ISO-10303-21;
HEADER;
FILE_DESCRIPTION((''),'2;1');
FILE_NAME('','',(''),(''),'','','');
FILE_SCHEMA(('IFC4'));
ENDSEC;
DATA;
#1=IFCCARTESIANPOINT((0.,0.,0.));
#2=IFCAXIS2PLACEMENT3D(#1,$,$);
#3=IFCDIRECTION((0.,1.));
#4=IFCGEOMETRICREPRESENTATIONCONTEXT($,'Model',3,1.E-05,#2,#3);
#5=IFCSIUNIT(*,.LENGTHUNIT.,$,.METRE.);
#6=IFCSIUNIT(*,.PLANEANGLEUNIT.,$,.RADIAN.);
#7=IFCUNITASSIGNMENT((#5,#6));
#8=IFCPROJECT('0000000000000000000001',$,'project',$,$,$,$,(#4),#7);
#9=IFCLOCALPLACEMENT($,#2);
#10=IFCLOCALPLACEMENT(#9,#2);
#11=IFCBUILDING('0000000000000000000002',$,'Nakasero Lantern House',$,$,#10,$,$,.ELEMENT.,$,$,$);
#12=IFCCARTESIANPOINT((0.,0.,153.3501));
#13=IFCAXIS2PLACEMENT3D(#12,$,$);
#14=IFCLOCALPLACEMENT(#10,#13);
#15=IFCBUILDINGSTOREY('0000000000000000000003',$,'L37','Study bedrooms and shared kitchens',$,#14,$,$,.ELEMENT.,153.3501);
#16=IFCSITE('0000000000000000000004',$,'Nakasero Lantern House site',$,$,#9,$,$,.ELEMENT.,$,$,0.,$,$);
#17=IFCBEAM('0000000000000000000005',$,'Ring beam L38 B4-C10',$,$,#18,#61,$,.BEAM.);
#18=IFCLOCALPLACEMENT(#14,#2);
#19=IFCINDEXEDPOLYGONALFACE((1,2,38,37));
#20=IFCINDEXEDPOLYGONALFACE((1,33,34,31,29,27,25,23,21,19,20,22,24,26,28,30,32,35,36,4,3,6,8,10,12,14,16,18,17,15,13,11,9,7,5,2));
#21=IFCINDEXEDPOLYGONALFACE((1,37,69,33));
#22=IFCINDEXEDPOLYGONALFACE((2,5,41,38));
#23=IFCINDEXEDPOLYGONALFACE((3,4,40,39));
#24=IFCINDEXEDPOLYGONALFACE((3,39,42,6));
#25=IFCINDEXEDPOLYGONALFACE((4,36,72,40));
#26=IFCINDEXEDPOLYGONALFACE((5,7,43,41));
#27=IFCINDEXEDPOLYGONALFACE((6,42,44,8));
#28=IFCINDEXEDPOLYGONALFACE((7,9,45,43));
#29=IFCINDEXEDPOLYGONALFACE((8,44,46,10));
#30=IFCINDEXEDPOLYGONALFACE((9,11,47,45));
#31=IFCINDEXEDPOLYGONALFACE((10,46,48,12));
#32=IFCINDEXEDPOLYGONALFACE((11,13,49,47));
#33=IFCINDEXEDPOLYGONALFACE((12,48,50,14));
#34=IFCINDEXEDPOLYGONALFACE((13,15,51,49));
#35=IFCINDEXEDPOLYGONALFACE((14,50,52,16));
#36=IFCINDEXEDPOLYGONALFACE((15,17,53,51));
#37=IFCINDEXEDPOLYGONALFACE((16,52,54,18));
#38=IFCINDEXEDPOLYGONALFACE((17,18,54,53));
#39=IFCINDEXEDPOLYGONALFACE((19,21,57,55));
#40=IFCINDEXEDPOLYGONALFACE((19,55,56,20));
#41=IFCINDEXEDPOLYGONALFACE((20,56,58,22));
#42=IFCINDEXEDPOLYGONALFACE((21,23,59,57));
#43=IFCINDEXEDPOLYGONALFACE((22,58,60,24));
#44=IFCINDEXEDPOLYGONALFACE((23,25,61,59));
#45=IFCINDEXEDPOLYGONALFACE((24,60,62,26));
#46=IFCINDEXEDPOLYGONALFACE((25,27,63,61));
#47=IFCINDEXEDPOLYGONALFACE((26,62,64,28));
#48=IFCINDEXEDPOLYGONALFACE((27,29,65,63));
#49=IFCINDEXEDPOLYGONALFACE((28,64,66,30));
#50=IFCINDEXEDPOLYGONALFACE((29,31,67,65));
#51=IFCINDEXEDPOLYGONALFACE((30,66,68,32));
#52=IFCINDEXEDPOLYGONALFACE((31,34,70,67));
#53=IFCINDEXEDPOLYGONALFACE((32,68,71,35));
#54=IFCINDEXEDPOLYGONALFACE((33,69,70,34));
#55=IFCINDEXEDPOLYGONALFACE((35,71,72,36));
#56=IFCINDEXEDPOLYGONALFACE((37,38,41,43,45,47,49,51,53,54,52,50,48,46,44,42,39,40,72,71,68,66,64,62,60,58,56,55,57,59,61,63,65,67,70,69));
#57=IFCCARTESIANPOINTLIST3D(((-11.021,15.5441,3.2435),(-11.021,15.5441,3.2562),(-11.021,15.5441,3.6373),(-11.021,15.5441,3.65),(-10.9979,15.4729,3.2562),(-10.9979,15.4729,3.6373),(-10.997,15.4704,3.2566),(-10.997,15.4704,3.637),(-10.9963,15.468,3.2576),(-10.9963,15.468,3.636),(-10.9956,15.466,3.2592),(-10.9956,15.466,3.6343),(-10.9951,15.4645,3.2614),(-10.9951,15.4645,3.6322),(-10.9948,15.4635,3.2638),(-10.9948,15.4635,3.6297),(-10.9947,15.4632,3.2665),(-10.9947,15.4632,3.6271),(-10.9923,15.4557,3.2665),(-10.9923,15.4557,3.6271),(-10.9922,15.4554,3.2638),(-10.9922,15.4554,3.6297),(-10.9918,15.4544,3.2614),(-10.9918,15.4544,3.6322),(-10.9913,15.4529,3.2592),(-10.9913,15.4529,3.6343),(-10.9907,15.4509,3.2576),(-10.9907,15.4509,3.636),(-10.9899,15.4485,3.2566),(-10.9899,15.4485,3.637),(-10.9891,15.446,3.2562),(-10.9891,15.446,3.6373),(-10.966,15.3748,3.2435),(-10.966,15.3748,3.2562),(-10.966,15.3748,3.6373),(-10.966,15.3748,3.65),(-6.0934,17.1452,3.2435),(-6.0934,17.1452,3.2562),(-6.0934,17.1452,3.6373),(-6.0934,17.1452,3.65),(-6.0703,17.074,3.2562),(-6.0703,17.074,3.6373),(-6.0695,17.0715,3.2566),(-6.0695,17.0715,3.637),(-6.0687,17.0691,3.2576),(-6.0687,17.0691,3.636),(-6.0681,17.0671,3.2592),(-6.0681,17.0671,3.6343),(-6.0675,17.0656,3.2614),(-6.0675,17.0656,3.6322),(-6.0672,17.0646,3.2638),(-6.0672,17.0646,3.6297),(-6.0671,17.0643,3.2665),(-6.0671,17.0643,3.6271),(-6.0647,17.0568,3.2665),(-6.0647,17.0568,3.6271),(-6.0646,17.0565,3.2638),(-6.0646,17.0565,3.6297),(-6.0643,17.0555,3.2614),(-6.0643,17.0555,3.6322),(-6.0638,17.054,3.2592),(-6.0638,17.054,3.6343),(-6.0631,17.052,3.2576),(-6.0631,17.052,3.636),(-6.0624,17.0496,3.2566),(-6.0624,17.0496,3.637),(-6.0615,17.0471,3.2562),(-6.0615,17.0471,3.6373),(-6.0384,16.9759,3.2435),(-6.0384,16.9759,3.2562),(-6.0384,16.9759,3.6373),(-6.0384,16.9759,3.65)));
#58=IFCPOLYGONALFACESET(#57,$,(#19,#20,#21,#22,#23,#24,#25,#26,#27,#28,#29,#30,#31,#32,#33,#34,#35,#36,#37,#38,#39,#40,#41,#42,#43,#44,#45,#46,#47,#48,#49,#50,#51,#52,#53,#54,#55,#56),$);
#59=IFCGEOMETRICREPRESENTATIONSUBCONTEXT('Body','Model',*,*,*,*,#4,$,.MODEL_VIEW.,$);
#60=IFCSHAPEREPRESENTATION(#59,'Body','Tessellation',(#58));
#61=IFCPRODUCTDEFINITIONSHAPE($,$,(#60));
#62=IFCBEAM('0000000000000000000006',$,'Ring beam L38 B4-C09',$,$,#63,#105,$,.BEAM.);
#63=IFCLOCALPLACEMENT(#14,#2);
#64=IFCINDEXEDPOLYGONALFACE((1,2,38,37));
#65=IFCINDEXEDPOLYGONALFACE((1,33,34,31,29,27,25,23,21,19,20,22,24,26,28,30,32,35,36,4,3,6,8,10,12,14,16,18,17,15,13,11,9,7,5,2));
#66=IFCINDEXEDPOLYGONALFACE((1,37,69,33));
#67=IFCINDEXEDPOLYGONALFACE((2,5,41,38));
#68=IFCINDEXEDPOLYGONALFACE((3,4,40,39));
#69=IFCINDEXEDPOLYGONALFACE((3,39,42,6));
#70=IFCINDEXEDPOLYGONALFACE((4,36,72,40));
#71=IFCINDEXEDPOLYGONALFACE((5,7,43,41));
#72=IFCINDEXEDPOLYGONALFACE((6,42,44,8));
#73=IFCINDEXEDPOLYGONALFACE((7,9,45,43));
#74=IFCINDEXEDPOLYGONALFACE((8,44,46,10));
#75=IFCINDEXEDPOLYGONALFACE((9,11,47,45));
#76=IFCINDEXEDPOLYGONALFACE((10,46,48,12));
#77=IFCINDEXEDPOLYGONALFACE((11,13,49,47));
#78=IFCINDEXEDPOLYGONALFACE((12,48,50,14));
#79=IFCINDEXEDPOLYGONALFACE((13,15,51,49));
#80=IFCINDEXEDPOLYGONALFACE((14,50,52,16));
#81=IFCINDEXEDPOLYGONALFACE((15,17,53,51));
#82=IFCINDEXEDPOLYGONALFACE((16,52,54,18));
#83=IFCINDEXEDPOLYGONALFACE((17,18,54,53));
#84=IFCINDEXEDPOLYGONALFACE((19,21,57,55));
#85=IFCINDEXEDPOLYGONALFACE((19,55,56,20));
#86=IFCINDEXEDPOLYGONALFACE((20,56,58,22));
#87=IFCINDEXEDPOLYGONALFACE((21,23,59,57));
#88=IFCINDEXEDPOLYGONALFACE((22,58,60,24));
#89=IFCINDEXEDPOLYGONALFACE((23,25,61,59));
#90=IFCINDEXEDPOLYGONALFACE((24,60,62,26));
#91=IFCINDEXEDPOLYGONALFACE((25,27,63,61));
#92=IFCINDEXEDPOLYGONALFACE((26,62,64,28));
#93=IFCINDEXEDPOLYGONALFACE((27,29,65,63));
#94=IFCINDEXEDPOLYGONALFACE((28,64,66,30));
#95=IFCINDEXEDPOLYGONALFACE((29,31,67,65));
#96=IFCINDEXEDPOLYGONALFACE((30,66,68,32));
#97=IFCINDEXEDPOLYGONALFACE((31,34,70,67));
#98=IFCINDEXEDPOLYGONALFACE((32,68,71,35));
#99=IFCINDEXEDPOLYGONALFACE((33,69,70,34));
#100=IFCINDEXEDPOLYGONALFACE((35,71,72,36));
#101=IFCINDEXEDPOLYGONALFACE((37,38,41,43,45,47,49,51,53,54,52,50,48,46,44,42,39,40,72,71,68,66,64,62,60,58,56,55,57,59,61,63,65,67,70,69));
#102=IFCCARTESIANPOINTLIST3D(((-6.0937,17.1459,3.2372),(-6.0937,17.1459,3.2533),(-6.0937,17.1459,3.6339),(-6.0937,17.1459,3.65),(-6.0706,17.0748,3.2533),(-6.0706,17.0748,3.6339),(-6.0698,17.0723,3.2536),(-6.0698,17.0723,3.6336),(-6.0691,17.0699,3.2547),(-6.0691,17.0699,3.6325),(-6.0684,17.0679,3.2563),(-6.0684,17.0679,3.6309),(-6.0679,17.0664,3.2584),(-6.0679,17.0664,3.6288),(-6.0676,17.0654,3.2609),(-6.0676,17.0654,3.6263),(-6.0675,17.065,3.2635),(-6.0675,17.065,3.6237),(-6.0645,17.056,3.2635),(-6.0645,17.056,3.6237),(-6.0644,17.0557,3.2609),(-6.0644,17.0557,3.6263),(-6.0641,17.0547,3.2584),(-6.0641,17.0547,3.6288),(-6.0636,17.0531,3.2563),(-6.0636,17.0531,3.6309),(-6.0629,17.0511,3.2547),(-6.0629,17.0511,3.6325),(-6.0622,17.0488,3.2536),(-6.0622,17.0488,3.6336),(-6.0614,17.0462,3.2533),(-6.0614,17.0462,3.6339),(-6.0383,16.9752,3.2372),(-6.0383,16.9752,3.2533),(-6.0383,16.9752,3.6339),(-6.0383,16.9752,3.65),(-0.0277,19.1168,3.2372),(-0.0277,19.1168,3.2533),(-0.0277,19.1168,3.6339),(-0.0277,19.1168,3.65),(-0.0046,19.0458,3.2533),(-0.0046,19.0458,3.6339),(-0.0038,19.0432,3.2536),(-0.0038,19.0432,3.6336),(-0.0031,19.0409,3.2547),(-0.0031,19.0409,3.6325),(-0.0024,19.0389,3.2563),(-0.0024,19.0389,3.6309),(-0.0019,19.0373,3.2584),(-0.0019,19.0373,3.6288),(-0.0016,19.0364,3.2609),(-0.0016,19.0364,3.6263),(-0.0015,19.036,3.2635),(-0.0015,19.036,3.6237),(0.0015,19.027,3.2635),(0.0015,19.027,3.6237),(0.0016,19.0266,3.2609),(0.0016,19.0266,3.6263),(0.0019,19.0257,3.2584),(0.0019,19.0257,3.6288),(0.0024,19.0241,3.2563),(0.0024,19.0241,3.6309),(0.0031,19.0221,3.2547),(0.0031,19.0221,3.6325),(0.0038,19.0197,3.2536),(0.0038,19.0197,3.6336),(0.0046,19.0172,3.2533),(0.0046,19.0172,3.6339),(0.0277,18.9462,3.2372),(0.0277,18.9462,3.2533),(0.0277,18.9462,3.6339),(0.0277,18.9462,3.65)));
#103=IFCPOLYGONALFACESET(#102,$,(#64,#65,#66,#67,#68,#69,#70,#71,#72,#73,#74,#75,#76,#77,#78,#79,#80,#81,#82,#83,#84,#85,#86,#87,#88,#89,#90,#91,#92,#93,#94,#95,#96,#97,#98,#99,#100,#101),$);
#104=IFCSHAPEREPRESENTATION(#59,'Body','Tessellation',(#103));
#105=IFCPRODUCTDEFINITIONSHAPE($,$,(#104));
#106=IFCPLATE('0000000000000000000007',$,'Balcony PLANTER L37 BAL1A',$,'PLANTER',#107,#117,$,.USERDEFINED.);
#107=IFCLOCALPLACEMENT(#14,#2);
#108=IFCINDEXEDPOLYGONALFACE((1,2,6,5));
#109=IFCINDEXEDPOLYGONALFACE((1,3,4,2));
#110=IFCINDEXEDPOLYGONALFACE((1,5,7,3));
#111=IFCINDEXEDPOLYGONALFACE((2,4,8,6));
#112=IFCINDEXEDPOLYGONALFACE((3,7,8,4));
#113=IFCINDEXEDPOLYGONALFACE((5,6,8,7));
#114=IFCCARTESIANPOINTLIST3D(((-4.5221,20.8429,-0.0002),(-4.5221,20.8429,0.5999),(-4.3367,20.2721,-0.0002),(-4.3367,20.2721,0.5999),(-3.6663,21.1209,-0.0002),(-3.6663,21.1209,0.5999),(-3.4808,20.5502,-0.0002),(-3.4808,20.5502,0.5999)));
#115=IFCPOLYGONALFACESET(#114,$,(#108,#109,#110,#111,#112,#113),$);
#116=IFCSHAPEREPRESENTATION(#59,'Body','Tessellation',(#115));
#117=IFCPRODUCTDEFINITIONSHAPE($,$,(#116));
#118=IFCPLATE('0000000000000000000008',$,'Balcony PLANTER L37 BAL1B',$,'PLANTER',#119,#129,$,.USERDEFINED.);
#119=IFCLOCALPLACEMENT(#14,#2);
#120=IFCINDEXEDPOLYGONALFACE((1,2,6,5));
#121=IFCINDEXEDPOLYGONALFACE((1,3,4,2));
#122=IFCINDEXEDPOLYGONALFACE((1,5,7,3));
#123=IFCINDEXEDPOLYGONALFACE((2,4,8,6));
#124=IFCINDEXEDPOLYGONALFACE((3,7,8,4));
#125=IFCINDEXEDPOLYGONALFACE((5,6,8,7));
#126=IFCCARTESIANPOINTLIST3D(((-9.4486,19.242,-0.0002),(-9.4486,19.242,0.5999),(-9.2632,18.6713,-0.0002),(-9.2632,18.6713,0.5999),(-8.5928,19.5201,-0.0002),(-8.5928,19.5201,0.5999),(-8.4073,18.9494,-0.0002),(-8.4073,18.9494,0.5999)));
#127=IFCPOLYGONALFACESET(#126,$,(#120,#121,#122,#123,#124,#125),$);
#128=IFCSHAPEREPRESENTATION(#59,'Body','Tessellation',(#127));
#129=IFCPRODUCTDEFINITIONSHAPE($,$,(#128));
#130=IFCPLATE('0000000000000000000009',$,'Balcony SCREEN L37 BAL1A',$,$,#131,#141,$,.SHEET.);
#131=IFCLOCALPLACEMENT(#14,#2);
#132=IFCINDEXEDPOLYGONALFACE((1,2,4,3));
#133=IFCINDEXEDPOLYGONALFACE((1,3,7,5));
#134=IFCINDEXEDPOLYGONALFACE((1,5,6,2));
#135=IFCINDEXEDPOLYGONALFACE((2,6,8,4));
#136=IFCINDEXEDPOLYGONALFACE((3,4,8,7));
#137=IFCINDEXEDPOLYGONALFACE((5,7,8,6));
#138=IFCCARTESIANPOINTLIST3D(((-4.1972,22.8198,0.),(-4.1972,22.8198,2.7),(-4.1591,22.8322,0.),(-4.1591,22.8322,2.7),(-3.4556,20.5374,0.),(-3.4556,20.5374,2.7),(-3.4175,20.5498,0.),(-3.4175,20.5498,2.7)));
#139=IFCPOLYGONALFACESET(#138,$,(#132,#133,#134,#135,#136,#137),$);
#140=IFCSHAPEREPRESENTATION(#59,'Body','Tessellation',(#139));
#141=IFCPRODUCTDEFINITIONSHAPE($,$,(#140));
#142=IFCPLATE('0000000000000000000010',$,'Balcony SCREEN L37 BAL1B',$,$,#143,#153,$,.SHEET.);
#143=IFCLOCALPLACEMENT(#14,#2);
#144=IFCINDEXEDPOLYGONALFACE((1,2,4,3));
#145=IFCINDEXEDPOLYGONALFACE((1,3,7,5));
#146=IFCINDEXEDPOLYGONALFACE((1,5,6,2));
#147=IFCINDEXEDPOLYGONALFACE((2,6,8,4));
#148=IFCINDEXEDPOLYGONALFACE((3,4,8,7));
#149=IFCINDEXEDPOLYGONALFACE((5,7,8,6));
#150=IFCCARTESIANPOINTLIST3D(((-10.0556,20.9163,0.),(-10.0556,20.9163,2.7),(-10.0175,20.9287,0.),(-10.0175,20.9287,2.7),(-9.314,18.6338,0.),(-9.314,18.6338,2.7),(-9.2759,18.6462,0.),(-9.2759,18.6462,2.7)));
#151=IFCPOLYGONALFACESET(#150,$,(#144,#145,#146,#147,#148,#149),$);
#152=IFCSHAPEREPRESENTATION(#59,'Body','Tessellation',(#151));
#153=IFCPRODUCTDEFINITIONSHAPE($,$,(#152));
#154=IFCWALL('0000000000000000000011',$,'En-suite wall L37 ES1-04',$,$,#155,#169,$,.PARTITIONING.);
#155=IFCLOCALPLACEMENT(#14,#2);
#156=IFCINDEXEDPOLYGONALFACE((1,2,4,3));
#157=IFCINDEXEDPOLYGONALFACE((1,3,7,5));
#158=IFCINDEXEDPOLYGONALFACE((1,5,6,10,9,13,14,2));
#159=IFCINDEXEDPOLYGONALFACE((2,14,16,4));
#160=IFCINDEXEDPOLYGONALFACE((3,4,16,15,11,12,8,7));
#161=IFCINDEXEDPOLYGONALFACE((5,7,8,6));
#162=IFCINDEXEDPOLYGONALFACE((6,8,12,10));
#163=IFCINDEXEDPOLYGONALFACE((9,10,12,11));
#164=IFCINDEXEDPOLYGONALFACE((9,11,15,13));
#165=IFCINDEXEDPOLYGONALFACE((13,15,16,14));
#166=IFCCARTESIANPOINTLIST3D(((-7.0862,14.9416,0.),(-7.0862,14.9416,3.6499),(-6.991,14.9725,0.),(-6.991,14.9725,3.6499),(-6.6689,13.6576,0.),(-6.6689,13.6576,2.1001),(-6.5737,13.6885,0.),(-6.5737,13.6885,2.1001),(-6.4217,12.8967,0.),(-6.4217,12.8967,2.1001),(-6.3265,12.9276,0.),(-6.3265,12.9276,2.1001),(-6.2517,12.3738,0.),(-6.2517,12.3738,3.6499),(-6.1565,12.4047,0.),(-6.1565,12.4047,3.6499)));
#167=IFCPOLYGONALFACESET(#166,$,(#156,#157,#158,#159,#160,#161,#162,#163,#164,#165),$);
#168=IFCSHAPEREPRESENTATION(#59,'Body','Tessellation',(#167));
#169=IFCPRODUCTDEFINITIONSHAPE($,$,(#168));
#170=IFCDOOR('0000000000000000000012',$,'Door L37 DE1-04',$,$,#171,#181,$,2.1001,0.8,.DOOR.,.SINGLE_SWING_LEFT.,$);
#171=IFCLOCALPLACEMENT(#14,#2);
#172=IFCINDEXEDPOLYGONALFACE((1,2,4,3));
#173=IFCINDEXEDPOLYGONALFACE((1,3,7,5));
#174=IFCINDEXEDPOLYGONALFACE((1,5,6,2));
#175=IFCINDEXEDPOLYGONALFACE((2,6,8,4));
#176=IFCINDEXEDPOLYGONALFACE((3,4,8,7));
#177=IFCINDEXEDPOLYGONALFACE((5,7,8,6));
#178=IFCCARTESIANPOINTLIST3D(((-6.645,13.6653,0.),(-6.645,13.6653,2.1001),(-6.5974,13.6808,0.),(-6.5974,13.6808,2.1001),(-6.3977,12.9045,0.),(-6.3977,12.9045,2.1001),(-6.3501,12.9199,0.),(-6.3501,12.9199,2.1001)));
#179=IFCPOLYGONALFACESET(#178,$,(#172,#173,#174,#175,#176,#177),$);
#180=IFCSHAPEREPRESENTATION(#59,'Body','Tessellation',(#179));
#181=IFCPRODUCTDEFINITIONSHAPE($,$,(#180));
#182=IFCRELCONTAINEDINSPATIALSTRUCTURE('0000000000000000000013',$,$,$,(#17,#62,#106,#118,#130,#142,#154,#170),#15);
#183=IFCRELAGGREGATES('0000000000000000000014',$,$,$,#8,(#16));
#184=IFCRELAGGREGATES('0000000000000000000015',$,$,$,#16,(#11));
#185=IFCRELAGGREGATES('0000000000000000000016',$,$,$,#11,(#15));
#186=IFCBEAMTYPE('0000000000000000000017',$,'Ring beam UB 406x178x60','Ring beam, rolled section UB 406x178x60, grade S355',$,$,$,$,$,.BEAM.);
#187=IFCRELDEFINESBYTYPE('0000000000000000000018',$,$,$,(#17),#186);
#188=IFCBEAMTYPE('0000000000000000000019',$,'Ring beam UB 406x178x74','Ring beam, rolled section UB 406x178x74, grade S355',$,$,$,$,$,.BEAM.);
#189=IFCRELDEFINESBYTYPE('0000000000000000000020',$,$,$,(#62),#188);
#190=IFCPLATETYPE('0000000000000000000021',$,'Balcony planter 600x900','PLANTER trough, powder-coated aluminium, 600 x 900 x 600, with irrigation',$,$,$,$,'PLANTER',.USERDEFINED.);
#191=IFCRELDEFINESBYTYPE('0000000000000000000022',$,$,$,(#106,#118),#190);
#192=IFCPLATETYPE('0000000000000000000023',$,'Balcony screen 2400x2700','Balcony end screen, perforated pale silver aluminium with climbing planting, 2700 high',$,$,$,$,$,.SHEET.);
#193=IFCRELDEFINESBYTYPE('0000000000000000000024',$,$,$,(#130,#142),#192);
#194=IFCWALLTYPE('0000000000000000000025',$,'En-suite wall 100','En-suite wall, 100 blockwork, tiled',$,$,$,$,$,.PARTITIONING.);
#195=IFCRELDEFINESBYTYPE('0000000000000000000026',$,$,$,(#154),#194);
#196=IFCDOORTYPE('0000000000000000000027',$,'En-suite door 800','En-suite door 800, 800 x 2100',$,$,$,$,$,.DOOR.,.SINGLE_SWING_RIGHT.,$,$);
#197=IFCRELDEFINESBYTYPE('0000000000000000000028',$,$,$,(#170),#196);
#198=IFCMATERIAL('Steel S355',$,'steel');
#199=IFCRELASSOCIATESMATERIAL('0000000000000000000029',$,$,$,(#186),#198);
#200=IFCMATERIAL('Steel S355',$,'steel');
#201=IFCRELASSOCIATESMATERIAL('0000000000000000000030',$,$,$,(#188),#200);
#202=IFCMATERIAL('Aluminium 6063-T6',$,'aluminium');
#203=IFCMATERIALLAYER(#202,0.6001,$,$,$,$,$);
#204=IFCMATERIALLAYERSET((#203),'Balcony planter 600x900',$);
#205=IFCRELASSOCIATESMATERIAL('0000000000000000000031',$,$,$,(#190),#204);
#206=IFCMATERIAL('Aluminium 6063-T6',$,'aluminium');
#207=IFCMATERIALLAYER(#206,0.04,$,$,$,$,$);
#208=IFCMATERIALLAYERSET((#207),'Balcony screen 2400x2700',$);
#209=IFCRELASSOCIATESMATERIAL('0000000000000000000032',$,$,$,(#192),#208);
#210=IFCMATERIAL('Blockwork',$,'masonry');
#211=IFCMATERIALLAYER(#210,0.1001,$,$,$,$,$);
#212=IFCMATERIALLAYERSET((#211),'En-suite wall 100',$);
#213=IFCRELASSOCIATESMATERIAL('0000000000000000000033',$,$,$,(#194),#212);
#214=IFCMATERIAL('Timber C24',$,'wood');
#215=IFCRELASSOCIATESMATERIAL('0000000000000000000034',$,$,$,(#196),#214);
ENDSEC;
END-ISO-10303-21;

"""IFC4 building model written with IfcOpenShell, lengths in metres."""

from ifc_helpers import new_model, si_unit, direction, frame, frame_2d, origin, origin_2d, place, context, subcontext, project, spatial, rectangle, i_section, extrude, material, layer, layer_set, material_profile, profile_set, type_object, element, fill, save


model = new_model("IFC4")

# Units and contexts
model_context = context("Model", 3, precision=1e-05, world=origin(), true_north=direction((0.0, 1.0)))
body_context = subcontext(model_context, "Body", "Model", "MODEL_VIEW")
ifc_project = project(units=[si_unit("LENGTHUNIT", "METRE"), si_unit("PLANEANGLEUNIT", "RADIAN")], contexts=[model_context])

# Site, building, storey
site_placement = place(None, origin())
site = spatial("IfcSite", under=ifc_project, at=site_placement, Name="Nakasero Lantern House site", CompositionType="ELEMENT", RefElevation=0.0)
building_placement = place(site_placement, origin())
building = spatial("IfcBuilding", under=site, at=building_placement, Name="Nakasero Lantern House", CompositionType="ELEMENT")
storey_placement = place(building_placement, frame((0.0, 0.0, 153.3501)))
storey = spatial("IfcBuildingStorey", under=building, at=storey_placement, Name="L37", Description="Study bedrooms and shared kitchens", CompositionType="ELEMENT", Elevation=153.3501)

# Beams
ifc_material_1 = material(Name="Steel S355", Category="steel")
ifc_material_profile_1 = material_profile(ifc_material_1, i_section(OverallWidth=0.178, OverallDepth=0.4065, WebThickness=0.0078, FlangeThickness=0.0127, FilletRadius=0.0103, at=origin_2d()), Name="UB 406x178x60")
ifc_profile_set_1 = profile_set([ifc_material_profile_1], Name="Steel S355")
beam_type_1 = type_object("IfcBeamType", Name="Ring beam UB 406x178x60", Description="Ring beam, rolled section UB 406x178x60, grade S355", PredefinedType="BEAM", material=ifc_profile_set_1)
beam_1_placement = place(storey_placement, frame((-6.0659, 17.0605, 3.4468), z_axis=(-0.951054, -0.309023, 0.0), x_axis=(0.309023, -0.951054, 0.0)))
element("IfcBeam", 1, at=beam_1_placement, inside=storey, type_object=beam_type_1, Name="Ring beam L38 B4-C10", PredefinedType="BEAM", context=body_context, shape_type="SweptSolid", body=[
    extrude(i_section(OverallWidth=0.178, OverallDepth=0.4065, WebThickness=0.0078, FlangeThickness=0.0127, FilletRadius=0.0103, at=origin_2d()), origin(), (0.0, 0.0, 1.0), 5.1812),
])
ifc_material_2 = material(Name="Steel S355", Category="steel")
ifc_material_profile_2 = material_profile(ifc_material_2, i_section(OverallWidth=0.1794, OverallDepth=0.4128, WebThickness=0.0095, FlangeThickness=0.0161, FilletRadius=0.0103, at=origin_2d()), Name="UB 406x178x74")
ifc_profile_set_2 = profile_set([ifc_material_profile_2], Name="Steel S355")
beam_type_2 = type_object("IfcBeamType", Name="Ring beam UB 406x178x74", Description="Ring beam, rolled section UB 406x178x74, grade S355", PredefinedType="BEAM", material=ifc_profile_set_2)
beam_2_placement = place(storey_placement, frame((0.0, 19.0315, 3.4436), z_axis=(-0.951056, -0.309019, 0.0), x_axis=(0.309019, -0.951056, 0.0)))
element("IfcBeam", 2, at=beam_2_placement, inside=storey, type_object=beam_type_2, Name="Ring beam L38 B4-C09", PredefinedType="BEAM", context=body_context, shape_type="SweptSolid", body=[
    extrude(i_section(OverallWidth=0.1794, OverallDepth=0.4128, WebThickness=0.0095, FlangeThickness=0.0161, FilletRadius=0.0103, at=origin_2d()), origin(), (0.0, 0.0, 1.0), 6.3782),
])

# Plates
ifc_material_3 = material(Name="Aluminium 6063-T6", Category="aluminium")
ifc_layer_1 = layer(ifc_material_3, 0.6001)
ifc_layer_set_1 = layer_set([ifc_layer_1], Name="Balcony planter 600x900")
plate_type_1 = type_object("IfcPlateType", Name="Balcony planter 600x900", Description="PLANTER trough, powder-coated aluminium, 600 x 900 x 600, with irrigation", ElementType="PLANTER", PredefinedType="USERDEFINED", material=ifc_layer_set_1)
for number, where, z_axis, x_axis, name in (
    (3, (-4.0015, 20.6965, -0.0002), (0.0, 0.0, 1.0), (-0.309017, 0.951057, 0.0), "Balcony PLANTER L37 BAL1A"),
    (4, (-8.928, 19.0957, -0.0002), (0.0, 0.0, 1.0), (-0.309017, 0.951057, 0.0), "Balcony PLANTER L37 BAL1B"),
):
    element("IfcPlate", number, at=place(storey_placement, frame(where, z_axis=z_axis, x_axis=x_axis)), inside=storey, type_object=plate_type_1, Name=name, ObjectType="PLANTER", PredefinedType="USERDEFINED", context=body_context, shape_type="SweptSolid", body=[
        extrude(rectangle(XDim=0.6001, YDim=0.8999, at=origin_2d()), origin(), (0.0, 0.0, 1.0), 0.6001),
    ])
ifc_material_4 = material(Name="Aluminium 6063-T6", Category="aluminium")
ifc_layer_2 = layer(ifc_material_4, 0.04)
ifc_layer_set_2 = layer_set([ifc_layer_2], Name="Balcony screen 2400x2700")
plate_type_2 = type_object("IfcPlateType", Name="Balcony screen 2400x2700", Description="Balcony end screen, perforated pale silver aluminium with climbing planting, 2700 high", PredefinedType="SHEET", material=ifc_layer_set_2)
for number, where, z_axis, x_axis, name in (
    (5, (-3.8074, 21.6848, 0.0), (0.0, 0.0, 1.0), (-0.309017, 0.951057, 0.0), "Balcony SCREEN L37 BAL1A"),
    (6, (-9.6658, 19.7812, 0.0), (0.0, 0.0, 1.0), (-0.309017, 0.951057, 0.0), "Balcony SCREEN L37 BAL1B"),
):
    element("IfcPlate", number, at=place(storey_placement, frame(where, z_axis=z_axis, x_axis=x_axis)), inside=storey, type_object=plate_type_2, Name=name, PredefinedType="SHEET", context=body_context, shape_type="SweptSolid", body=[
        extrude(rectangle(XDim=2.3999, YDim=0.04, at=origin_2d()), origin(), (0.0, 0.0, 1.0), 2.7),
    ])

# Wall, opening, door
ifc_material_5 = material(Name="Blockwork", Category="masonry")
ifc_layer_3 = layer(ifc_material_5, 0.1001)
ifc_layer_set_3 = layer_set([ifc_layer_3], Name="En-suite wall 100")
wall_type_1 = type_object("IfcWallType", Name="En-suite wall 100", Description="En-suite wall, 100 blockwork, tiled", PredefinedType="PARTITIONING", material=ifc_layer_set_3)
wall_1_placement = place(storey_placement, frame((-6.2041, 12.3892, 0.0), z_axis=(0.0, 0.0, 1.0), x_axis=(-0.309057, 0.951043, 0.0)))
wall_1 = element("IfcWall", 7, at=wall_1_placement, inside=storey, type_object=wall_type_1, Name="En-suite wall L37 ES1-04", PredefinedType="PARTITIONING", context=body_context, shape_type="SweptSolid", body=[
    extrude(rectangle(XDim=2.7, YDim=0.1001, at=frame_2d((1.3501, 0.0))), origin(), (0.0, 0.0, 1.0), 3.6499),
])
opening_1_placement = place(wall_1_placement, frame((0.55, 0.0, 0.0)))
opening_1 = element("IfcOpeningElement", 8, at=opening_1_placement, cuts=wall_1, PredefinedType="OPENING", context=body_context, shape_type="SweptSolid", body=[
    extrude(rectangle(XDim=0.8, YDim=2.1001, at=frame_2d((0.3999, 1.05))), frame((0.0, 0.0701, 0.0), z_axis=(0.0, -1.0, 0.0), x_axis=(1.0, 0.0, 0.0)), (0.0, 0.0, 1.0), 0.1401),
])
ifc_material_6 = material(Name="Timber C24", Category="wood")
door_type_1 = type_object("IfcDoorType", Name="En-suite door 800", Description="En-suite door 800, 800 x 2100", OperationType="SINGLE_SWING_RIGHT", PredefinedType="DOOR", material=ifc_material_6)
door_1_placement = place(opening_1_placement, origin())
door_1 = element("IfcDoor", 9, at=door_1_placement, inside=storey, type_object=door_type_1, Name="Door L37 DE1-04", OperationType="SINGLE_SWING_LEFT", OverallHeight=2.1001, OverallWidth=0.8, PredefinedType="DOOR", context=body_context, shape_type="SweptSolid", body=[
    extrude(rectangle(XDim=0.8, YDim=2.1001, at=frame_2d((0.3999, 1.05))), frame((0.0, 0.0249, 0.0), z_axis=(0.0, -1.0, 0.0), x_axis=(1.0, 0.0, 0.0)), (0.0, 0.0, 1.0), 0.05),
])
fill(opening_1, door_1)

save(model, "model.ifc")
